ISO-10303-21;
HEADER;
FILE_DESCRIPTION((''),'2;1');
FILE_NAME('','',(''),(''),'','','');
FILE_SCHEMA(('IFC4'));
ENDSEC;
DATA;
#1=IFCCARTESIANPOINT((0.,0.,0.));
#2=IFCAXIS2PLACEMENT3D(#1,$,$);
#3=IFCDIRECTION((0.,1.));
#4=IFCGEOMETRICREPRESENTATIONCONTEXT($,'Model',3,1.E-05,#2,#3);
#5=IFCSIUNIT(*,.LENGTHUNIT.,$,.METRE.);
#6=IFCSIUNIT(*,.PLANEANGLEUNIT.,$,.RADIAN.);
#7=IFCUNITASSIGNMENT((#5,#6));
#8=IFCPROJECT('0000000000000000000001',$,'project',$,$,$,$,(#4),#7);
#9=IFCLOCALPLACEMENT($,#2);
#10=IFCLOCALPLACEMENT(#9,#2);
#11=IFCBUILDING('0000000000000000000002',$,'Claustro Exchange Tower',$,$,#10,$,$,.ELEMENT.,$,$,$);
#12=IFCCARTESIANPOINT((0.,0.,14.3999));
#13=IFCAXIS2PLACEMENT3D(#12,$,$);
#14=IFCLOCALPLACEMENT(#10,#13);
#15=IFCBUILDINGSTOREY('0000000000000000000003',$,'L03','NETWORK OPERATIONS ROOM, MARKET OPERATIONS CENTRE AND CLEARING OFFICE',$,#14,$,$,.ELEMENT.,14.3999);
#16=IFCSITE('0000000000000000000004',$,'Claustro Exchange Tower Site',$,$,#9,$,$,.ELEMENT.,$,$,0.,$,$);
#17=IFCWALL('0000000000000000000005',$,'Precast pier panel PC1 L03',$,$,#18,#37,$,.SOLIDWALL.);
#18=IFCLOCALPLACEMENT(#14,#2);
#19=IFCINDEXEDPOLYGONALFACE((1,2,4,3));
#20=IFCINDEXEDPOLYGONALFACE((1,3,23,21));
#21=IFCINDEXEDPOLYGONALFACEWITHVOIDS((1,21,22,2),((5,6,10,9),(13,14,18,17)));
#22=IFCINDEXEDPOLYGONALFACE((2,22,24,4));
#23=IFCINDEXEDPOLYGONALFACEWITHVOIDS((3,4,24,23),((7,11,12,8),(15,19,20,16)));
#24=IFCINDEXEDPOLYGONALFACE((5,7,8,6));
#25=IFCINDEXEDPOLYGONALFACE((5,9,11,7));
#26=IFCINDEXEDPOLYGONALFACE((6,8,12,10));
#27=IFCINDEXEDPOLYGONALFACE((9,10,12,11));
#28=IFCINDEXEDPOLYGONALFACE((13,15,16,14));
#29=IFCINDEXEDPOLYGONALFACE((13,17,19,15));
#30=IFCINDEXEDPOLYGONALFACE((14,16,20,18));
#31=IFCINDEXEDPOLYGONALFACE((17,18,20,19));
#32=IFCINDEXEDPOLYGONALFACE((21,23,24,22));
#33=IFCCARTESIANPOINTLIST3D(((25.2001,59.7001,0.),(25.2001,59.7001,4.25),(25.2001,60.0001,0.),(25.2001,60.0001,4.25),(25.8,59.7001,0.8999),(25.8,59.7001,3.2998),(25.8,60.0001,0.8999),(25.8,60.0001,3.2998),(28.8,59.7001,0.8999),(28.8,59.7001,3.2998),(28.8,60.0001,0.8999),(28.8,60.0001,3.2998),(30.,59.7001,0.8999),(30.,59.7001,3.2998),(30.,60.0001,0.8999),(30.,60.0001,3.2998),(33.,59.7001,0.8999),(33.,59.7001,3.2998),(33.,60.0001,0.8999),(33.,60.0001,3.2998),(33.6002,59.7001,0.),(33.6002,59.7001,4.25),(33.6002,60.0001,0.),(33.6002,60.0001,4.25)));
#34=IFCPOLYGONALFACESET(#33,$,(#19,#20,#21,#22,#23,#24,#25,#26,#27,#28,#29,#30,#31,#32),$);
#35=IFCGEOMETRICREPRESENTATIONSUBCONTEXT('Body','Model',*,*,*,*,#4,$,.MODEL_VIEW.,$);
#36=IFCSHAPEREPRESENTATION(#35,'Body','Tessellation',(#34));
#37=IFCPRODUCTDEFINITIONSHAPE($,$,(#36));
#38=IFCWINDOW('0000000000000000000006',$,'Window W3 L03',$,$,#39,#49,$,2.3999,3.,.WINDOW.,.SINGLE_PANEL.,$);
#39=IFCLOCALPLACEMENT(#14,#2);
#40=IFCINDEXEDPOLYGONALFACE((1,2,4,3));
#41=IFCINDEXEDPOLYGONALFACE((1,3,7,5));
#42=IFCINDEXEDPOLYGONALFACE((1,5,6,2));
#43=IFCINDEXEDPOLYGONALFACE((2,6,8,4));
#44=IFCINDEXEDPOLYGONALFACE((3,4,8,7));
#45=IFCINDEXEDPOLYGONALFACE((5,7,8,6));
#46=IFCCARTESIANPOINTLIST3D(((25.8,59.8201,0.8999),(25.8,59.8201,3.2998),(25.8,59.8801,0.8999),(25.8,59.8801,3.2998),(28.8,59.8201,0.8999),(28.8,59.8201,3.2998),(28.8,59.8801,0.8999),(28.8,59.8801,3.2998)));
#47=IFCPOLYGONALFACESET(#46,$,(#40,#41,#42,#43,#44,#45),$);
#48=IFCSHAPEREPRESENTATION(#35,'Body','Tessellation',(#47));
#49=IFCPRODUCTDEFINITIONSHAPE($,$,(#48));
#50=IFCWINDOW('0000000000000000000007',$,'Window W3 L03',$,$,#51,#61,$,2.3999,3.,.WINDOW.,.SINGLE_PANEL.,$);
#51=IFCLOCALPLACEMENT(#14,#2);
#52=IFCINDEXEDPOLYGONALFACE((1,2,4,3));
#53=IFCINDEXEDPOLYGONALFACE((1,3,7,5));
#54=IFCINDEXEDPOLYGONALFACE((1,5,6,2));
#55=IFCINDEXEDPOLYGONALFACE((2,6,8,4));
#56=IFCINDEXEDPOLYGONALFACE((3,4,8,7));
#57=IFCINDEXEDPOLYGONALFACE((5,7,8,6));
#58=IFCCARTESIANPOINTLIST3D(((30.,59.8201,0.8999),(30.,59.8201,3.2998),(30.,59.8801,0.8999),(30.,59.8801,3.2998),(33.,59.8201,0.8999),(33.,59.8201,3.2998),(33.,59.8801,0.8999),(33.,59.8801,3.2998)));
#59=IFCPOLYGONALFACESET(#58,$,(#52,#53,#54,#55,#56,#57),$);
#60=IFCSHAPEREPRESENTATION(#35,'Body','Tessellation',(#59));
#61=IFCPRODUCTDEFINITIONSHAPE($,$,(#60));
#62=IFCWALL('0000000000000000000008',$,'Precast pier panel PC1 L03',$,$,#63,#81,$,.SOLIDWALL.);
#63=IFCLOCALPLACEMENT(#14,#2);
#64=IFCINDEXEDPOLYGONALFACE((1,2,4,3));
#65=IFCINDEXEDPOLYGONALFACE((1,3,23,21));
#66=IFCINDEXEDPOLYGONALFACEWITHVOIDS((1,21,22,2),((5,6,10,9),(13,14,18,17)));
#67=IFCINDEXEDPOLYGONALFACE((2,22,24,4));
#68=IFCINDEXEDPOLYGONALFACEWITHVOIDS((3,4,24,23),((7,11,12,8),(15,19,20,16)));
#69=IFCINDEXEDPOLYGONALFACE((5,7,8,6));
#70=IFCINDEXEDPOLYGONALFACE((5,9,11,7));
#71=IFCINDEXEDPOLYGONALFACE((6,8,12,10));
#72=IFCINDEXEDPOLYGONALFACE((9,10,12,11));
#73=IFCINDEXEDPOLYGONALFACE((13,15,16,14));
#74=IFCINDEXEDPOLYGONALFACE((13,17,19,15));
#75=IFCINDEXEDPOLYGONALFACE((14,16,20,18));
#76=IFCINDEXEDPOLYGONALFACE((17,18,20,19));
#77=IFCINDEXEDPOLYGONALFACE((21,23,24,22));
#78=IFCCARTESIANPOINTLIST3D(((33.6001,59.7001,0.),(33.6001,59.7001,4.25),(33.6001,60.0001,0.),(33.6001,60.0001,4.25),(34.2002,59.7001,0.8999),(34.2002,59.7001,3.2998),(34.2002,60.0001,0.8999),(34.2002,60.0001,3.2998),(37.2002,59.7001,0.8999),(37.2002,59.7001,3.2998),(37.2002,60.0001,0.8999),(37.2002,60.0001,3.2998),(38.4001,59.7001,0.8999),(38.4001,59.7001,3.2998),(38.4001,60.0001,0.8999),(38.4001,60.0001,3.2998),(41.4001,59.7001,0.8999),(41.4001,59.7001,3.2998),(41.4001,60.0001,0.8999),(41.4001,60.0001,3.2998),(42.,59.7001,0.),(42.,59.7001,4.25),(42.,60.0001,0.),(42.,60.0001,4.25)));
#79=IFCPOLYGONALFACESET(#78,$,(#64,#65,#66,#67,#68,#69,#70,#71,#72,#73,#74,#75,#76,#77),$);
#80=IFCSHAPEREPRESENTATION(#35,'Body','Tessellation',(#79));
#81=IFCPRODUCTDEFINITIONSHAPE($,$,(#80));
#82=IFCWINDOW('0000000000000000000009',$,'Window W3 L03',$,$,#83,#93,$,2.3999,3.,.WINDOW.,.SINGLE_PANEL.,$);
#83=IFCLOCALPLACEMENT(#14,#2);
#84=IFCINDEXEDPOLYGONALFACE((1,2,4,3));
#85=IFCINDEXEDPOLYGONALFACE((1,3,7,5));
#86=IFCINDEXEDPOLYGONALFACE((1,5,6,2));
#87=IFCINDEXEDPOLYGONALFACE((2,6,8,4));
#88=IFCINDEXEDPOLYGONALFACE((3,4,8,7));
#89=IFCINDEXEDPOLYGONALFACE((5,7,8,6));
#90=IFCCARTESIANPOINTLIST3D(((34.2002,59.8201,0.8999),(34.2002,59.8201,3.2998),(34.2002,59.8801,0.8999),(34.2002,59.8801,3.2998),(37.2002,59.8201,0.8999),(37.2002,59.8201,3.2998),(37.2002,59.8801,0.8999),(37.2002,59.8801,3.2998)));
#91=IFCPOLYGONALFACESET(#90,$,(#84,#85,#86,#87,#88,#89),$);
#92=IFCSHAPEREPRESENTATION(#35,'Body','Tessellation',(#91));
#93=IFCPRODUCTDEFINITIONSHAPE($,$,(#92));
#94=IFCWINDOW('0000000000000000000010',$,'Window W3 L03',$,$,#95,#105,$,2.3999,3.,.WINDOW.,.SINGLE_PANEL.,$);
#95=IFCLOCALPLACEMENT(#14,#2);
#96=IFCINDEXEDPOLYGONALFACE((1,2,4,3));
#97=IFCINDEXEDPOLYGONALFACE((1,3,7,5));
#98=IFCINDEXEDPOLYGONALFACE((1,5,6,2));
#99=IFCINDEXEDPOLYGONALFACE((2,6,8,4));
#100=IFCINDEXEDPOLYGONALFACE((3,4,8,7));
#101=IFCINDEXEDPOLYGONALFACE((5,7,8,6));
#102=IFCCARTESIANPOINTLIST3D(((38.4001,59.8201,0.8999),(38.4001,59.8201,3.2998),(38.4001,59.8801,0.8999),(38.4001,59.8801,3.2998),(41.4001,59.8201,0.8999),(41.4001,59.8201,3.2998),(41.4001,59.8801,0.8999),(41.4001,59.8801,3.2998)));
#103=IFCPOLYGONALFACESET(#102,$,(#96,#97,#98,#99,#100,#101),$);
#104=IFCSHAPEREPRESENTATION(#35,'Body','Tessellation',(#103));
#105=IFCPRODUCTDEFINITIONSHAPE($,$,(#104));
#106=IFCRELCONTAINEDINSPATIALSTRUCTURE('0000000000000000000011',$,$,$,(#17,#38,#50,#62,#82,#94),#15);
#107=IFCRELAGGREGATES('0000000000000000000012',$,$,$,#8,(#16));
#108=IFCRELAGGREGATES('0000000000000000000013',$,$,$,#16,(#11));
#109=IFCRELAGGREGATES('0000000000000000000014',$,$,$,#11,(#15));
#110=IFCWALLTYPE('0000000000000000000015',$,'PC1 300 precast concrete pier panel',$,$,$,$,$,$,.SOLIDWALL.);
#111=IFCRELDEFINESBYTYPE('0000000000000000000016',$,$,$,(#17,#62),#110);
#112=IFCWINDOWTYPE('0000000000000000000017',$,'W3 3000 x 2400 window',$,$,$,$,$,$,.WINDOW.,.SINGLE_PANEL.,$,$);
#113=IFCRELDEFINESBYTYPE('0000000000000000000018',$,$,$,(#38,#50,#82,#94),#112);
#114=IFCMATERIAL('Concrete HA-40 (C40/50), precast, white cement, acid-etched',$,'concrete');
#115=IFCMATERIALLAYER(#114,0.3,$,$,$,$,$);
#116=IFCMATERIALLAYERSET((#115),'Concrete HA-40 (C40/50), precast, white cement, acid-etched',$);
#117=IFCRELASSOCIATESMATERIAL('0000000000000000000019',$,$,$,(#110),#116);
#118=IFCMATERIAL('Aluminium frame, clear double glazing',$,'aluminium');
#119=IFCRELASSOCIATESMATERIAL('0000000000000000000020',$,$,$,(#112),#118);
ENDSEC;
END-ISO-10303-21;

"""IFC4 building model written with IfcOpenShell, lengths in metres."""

from ifc_helpers import new_model, si_unit, direction, frame, frame_2d, origin, place, context, subcontext, project, spatial, rectangle, extrude, material, layer, layer_set, type_object, element, fill, save


model = new_model("IFC4")

# Units and contexts
model_context = context("Model", 3, precision=1e-05, world=origin(), true_north=direction((0.0, 1.0)))
body_context = subcontext(model_context, "Body", "Model", "MODEL_VIEW")
ifc_project = project(units=[si_unit("LENGTHUNIT", "METRE"), si_unit("PLANEANGLEUNIT", "RADIAN")], contexts=[model_context])

# Site, building, storey
site_placement = place(None, origin())
site = spatial("IfcSite", under=ifc_project, at=site_placement, Name="Claustro Exchange Tower Site", CompositionType="ELEMENT", RefElevation=0.0)
building_placement = place(site_placement, origin())
building = spatial("IfcBuilding", under=site, at=building_placement, Name="Claustro Exchange Tower", CompositionType="ELEMENT")
storey_placement = place(building_placement, frame((0.0, 0.0, 14.3999)))
storey = spatial("IfcBuildingStorey", under=building, at=storey_placement, Name="L03", Description="NETWORK OPERATIONS ROOM, MARKET OPERATIONS CENTRE AND CLEARING OFFICE", CompositionType="ELEMENT", Elevation=14.3999)

# Walls, openings, windows
ifc_material_1 = material(Name="Concrete HA-40 (C40/50), precast, white cement, acid-etched", Category="concrete")
ifc_layer = layer(ifc_material_1, 0.3)
ifc_layer_set = layer_set([ifc_layer], Name="Concrete HA-40 (C40/50), precast, white cement, acid-etched")
wall_type = type_object("IfcWallType", Name="PC1 300 precast concrete pier panel", PredefinedType="SOLIDWALL", material=ifc_layer_set)
wall_1_placement = place(storey_placement, frame((25.2, 59.8501, 0.0), z_axis=(0.0, 0.0, 1.0), x_axis=(1.0, 0.0, 0.0)))
wall_1 = element("IfcWall", 1, at=wall_1_placement, inside=storey, type_object=wall_type, Name="Precast pier panel PC1 L03", PredefinedType="SOLIDWALL", context=body_context, shape_type="SweptSolid", body=[
    extrude(rectangle(XDim=8.4001, YDim=0.3, at=frame_2d((4.2002, 0.0))), origin(), (0.0, 0.0, 1.0), 4.25),
])
opening_1_placement = place(wall_1_placement, frame((0.6001, 0.0, 0.8999)))
opening_1 = element("IfcOpeningElement", 2, at=opening_1_placement, cuts=wall_1, PredefinedType="OPENING", context=body_context, shape_type="SweptSolid", body=[
    extrude(rectangle(XDim=3.0, YDim=2.3999, at=frame_2d((1.5, 1.2))), frame((0.0, 0.1599, 0.0), z_axis=(0.0, -1.0, 0.0), x_axis=(1.0, 0.0, 0.0)), (0.0, 0.0, 1.0), 0.3201),
])
opening_2_placement = place(wall_1_placement, frame((4.8, 0.0, 0.8999)))
opening_2 = element("IfcOpeningElement", 3, at=opening_2_placement, cuts=wall_1, PredefinedType="OPENING", context=body_context, shape_type="SweptSolid", body=[
    extrude(rectangle(XDim=3.0, YDim=2.3999, at=frame_2d((1.5, 1.2))), frame((0.0, 0.1599, 0.0), z_axis=(0.0, -1.0, 0.0), x_axis=(1.0, 0.0, 0.0)), (0.0, 0.0, 1.0), 0.3201),
])
ifc_material_2 = material(Name="Aluminium frame, clear double glazing", Category="aluminium")
window_type = type_object("IfcWindowType", Name="W3 3000 x 2400 window", PartitioningType="SINGLE_PANEL", PredefinedType="WINDOW", material=ifc_material_2)
window_1_placement = place(opening_1_placement, origin())
window_1 = element("IfcWindow", 4, at=window_1_placement, inside=storey, type_object=window_type, Name="Window W3 L03", OverallHeight=2.3999, OverallWidth=3.0, PartitioningType="SINGLE_PANEL", PredefinedType="WINDOW", context=body_context, shape_type="SweptSolid", body=[
    extrude(rectangle(XDim=3.0, YDim=2.3999, at=frame_2d((1.5, 1.2))), frame((0.0, 0.03, 0.0), z_axis=(0.0, -1.0, 0.0), x_axis=(1.0, 0.0, 0.0)), (0.0, 0.0, 1.0), 0.0601),
])
fill(opening_1, window_1)
window_2_placement = place(opening_2_placement, origin())
window_2 = element("IfcWindow", 5, at=window_2_placement, inside=storey, type_object=window_type, Name="Window W3 L03", OverallHeight=2.3999, OverallWidth=3.0, PartitioningType="SINGLE_PANEL", PredefinedType="WINDOW", context=body_context, shape_type="SweptSolid", body=[
    extrude(rectangle(XDim=3.0, YDim=2.3999, at=frame_2d((1.5, 1.2))), frame((0.0, 0.03, 0.0), z_axis=(0.0, -1.0, 0.0), x_axis=(1.0, 0.0, 0.0)), (0.0, 0.0, 1.0), 0.0601),
])
fill(opening_2, window_2)
wall_2_placement = place(storey_placement, frame((33.6001, 59.8501, 0.0), z_axis=(0.0, 0.0, 1.0), x_axis=(1.0, 0.0, 0.0)))
wall_2 = element("IfcWall", 6, at=wall_2_placement, inside=storey, type_object=wall_type, Name="Precast pier panel PC1 L03", PredefinedType="SOLIDWALL", context=body_context, shape_type="SweptSolid", body=[
    extrude(rectangle(XDim=8.3999, YDim=0.3, at=frame_2d((4.2, 0.0))), origin(), (0.0, 0.0, 1.0), 4.25),
])
opening_3_placement = place(wall_2_placement, frame((0.6001, 0.0, 0.8999)))
opening_3 = element("IfcOpeningElement", 7, at=opening_3_placement, cuts=wall_2, PredefinedType="OPENING", context=body_context, shape_type="SweptSolid", body=[
    extrude(rectangle(XDim=3.0, YDim=2.3999, at=frame_2d((1.5, 1.2))), frame((0.0, 0.1599, 0.0), z_axis=(0.0, -1.0, 0.0), x_axis=(1.0, 0.0, 0.0)), (0.0, 0.0, 1.0), 0.3201),
])
opening_4_placement = place(wall_2_placement, frame((4.8, 0.0, 0.8999)))
opening_4 = element("IfcOpeningElement", 8, at=opening_4_placement, cuts=wall_2, PredefinedType="OPENING", context=body_context, shape_type="SweptSolid", body=[
    extrude(rectangle(XDim=3.0, YDim=2.3999, at=frame_2d((1.5, 1.2))), frame((0.0, 0.1599, 0.0), z_axis=(0.0, -1.0, 0.0), x_axis=(1.0, 0.0, 0.0)), (0.0, 0.0, 1.0), 0.3201),
])
window_3_placement = place(opening_3_placement, origin())
window_3 = element("IfcWindow", 9, at=window_3_placement, inside=storey, type_object=window_type, Name="Window W3 L03", OverallHeight=2.3999, OverallWidth=3.0, PartitioningType="SINGLE_PANEL", PredefinedType="WINDOW", context=body_context, shape_type="SweptSolid", body=[
    extrude(rectangle(XDim=3.0, YDim=2.3999, at=frame_2d((1.5, 1.2))), frame((0.0, 0.03, 0.0), z_axis=(0.0, -1.0, 0.0), x_axis=(1.0, 0.0, 0.0)), (0.0, 0.0, 1.0), 0.0601),
])
fill(opening_3, window_3)
window_4_placement = place(opening_4_placement, origin())
window_4 = element("IfcWindow", 10, at=window_4_placement, inside=storey, type_object=window_type, Name="Window W3 L03", OverallHeight=2.3999, OverallWidth=3.0, PartitioningType="SINGLE_PANEL", PredefinedType="WINDOW", context=body_context, shape_type="SweptSolid", body=[
    extrude(rectangle(XDim=3.0, YDim=2.3999, at=frame_2d((1.5, 1.2))), frame((0.0, 0.03, 0.0), z_axis=(0.0, -1.0, 0.0), x_axis=(1.0, 0.0, 0.0)), (0.0, 0.0, 1.0), 0.0601),
])
fill(opening_4, window_4)

save(model, "model.ifc")
